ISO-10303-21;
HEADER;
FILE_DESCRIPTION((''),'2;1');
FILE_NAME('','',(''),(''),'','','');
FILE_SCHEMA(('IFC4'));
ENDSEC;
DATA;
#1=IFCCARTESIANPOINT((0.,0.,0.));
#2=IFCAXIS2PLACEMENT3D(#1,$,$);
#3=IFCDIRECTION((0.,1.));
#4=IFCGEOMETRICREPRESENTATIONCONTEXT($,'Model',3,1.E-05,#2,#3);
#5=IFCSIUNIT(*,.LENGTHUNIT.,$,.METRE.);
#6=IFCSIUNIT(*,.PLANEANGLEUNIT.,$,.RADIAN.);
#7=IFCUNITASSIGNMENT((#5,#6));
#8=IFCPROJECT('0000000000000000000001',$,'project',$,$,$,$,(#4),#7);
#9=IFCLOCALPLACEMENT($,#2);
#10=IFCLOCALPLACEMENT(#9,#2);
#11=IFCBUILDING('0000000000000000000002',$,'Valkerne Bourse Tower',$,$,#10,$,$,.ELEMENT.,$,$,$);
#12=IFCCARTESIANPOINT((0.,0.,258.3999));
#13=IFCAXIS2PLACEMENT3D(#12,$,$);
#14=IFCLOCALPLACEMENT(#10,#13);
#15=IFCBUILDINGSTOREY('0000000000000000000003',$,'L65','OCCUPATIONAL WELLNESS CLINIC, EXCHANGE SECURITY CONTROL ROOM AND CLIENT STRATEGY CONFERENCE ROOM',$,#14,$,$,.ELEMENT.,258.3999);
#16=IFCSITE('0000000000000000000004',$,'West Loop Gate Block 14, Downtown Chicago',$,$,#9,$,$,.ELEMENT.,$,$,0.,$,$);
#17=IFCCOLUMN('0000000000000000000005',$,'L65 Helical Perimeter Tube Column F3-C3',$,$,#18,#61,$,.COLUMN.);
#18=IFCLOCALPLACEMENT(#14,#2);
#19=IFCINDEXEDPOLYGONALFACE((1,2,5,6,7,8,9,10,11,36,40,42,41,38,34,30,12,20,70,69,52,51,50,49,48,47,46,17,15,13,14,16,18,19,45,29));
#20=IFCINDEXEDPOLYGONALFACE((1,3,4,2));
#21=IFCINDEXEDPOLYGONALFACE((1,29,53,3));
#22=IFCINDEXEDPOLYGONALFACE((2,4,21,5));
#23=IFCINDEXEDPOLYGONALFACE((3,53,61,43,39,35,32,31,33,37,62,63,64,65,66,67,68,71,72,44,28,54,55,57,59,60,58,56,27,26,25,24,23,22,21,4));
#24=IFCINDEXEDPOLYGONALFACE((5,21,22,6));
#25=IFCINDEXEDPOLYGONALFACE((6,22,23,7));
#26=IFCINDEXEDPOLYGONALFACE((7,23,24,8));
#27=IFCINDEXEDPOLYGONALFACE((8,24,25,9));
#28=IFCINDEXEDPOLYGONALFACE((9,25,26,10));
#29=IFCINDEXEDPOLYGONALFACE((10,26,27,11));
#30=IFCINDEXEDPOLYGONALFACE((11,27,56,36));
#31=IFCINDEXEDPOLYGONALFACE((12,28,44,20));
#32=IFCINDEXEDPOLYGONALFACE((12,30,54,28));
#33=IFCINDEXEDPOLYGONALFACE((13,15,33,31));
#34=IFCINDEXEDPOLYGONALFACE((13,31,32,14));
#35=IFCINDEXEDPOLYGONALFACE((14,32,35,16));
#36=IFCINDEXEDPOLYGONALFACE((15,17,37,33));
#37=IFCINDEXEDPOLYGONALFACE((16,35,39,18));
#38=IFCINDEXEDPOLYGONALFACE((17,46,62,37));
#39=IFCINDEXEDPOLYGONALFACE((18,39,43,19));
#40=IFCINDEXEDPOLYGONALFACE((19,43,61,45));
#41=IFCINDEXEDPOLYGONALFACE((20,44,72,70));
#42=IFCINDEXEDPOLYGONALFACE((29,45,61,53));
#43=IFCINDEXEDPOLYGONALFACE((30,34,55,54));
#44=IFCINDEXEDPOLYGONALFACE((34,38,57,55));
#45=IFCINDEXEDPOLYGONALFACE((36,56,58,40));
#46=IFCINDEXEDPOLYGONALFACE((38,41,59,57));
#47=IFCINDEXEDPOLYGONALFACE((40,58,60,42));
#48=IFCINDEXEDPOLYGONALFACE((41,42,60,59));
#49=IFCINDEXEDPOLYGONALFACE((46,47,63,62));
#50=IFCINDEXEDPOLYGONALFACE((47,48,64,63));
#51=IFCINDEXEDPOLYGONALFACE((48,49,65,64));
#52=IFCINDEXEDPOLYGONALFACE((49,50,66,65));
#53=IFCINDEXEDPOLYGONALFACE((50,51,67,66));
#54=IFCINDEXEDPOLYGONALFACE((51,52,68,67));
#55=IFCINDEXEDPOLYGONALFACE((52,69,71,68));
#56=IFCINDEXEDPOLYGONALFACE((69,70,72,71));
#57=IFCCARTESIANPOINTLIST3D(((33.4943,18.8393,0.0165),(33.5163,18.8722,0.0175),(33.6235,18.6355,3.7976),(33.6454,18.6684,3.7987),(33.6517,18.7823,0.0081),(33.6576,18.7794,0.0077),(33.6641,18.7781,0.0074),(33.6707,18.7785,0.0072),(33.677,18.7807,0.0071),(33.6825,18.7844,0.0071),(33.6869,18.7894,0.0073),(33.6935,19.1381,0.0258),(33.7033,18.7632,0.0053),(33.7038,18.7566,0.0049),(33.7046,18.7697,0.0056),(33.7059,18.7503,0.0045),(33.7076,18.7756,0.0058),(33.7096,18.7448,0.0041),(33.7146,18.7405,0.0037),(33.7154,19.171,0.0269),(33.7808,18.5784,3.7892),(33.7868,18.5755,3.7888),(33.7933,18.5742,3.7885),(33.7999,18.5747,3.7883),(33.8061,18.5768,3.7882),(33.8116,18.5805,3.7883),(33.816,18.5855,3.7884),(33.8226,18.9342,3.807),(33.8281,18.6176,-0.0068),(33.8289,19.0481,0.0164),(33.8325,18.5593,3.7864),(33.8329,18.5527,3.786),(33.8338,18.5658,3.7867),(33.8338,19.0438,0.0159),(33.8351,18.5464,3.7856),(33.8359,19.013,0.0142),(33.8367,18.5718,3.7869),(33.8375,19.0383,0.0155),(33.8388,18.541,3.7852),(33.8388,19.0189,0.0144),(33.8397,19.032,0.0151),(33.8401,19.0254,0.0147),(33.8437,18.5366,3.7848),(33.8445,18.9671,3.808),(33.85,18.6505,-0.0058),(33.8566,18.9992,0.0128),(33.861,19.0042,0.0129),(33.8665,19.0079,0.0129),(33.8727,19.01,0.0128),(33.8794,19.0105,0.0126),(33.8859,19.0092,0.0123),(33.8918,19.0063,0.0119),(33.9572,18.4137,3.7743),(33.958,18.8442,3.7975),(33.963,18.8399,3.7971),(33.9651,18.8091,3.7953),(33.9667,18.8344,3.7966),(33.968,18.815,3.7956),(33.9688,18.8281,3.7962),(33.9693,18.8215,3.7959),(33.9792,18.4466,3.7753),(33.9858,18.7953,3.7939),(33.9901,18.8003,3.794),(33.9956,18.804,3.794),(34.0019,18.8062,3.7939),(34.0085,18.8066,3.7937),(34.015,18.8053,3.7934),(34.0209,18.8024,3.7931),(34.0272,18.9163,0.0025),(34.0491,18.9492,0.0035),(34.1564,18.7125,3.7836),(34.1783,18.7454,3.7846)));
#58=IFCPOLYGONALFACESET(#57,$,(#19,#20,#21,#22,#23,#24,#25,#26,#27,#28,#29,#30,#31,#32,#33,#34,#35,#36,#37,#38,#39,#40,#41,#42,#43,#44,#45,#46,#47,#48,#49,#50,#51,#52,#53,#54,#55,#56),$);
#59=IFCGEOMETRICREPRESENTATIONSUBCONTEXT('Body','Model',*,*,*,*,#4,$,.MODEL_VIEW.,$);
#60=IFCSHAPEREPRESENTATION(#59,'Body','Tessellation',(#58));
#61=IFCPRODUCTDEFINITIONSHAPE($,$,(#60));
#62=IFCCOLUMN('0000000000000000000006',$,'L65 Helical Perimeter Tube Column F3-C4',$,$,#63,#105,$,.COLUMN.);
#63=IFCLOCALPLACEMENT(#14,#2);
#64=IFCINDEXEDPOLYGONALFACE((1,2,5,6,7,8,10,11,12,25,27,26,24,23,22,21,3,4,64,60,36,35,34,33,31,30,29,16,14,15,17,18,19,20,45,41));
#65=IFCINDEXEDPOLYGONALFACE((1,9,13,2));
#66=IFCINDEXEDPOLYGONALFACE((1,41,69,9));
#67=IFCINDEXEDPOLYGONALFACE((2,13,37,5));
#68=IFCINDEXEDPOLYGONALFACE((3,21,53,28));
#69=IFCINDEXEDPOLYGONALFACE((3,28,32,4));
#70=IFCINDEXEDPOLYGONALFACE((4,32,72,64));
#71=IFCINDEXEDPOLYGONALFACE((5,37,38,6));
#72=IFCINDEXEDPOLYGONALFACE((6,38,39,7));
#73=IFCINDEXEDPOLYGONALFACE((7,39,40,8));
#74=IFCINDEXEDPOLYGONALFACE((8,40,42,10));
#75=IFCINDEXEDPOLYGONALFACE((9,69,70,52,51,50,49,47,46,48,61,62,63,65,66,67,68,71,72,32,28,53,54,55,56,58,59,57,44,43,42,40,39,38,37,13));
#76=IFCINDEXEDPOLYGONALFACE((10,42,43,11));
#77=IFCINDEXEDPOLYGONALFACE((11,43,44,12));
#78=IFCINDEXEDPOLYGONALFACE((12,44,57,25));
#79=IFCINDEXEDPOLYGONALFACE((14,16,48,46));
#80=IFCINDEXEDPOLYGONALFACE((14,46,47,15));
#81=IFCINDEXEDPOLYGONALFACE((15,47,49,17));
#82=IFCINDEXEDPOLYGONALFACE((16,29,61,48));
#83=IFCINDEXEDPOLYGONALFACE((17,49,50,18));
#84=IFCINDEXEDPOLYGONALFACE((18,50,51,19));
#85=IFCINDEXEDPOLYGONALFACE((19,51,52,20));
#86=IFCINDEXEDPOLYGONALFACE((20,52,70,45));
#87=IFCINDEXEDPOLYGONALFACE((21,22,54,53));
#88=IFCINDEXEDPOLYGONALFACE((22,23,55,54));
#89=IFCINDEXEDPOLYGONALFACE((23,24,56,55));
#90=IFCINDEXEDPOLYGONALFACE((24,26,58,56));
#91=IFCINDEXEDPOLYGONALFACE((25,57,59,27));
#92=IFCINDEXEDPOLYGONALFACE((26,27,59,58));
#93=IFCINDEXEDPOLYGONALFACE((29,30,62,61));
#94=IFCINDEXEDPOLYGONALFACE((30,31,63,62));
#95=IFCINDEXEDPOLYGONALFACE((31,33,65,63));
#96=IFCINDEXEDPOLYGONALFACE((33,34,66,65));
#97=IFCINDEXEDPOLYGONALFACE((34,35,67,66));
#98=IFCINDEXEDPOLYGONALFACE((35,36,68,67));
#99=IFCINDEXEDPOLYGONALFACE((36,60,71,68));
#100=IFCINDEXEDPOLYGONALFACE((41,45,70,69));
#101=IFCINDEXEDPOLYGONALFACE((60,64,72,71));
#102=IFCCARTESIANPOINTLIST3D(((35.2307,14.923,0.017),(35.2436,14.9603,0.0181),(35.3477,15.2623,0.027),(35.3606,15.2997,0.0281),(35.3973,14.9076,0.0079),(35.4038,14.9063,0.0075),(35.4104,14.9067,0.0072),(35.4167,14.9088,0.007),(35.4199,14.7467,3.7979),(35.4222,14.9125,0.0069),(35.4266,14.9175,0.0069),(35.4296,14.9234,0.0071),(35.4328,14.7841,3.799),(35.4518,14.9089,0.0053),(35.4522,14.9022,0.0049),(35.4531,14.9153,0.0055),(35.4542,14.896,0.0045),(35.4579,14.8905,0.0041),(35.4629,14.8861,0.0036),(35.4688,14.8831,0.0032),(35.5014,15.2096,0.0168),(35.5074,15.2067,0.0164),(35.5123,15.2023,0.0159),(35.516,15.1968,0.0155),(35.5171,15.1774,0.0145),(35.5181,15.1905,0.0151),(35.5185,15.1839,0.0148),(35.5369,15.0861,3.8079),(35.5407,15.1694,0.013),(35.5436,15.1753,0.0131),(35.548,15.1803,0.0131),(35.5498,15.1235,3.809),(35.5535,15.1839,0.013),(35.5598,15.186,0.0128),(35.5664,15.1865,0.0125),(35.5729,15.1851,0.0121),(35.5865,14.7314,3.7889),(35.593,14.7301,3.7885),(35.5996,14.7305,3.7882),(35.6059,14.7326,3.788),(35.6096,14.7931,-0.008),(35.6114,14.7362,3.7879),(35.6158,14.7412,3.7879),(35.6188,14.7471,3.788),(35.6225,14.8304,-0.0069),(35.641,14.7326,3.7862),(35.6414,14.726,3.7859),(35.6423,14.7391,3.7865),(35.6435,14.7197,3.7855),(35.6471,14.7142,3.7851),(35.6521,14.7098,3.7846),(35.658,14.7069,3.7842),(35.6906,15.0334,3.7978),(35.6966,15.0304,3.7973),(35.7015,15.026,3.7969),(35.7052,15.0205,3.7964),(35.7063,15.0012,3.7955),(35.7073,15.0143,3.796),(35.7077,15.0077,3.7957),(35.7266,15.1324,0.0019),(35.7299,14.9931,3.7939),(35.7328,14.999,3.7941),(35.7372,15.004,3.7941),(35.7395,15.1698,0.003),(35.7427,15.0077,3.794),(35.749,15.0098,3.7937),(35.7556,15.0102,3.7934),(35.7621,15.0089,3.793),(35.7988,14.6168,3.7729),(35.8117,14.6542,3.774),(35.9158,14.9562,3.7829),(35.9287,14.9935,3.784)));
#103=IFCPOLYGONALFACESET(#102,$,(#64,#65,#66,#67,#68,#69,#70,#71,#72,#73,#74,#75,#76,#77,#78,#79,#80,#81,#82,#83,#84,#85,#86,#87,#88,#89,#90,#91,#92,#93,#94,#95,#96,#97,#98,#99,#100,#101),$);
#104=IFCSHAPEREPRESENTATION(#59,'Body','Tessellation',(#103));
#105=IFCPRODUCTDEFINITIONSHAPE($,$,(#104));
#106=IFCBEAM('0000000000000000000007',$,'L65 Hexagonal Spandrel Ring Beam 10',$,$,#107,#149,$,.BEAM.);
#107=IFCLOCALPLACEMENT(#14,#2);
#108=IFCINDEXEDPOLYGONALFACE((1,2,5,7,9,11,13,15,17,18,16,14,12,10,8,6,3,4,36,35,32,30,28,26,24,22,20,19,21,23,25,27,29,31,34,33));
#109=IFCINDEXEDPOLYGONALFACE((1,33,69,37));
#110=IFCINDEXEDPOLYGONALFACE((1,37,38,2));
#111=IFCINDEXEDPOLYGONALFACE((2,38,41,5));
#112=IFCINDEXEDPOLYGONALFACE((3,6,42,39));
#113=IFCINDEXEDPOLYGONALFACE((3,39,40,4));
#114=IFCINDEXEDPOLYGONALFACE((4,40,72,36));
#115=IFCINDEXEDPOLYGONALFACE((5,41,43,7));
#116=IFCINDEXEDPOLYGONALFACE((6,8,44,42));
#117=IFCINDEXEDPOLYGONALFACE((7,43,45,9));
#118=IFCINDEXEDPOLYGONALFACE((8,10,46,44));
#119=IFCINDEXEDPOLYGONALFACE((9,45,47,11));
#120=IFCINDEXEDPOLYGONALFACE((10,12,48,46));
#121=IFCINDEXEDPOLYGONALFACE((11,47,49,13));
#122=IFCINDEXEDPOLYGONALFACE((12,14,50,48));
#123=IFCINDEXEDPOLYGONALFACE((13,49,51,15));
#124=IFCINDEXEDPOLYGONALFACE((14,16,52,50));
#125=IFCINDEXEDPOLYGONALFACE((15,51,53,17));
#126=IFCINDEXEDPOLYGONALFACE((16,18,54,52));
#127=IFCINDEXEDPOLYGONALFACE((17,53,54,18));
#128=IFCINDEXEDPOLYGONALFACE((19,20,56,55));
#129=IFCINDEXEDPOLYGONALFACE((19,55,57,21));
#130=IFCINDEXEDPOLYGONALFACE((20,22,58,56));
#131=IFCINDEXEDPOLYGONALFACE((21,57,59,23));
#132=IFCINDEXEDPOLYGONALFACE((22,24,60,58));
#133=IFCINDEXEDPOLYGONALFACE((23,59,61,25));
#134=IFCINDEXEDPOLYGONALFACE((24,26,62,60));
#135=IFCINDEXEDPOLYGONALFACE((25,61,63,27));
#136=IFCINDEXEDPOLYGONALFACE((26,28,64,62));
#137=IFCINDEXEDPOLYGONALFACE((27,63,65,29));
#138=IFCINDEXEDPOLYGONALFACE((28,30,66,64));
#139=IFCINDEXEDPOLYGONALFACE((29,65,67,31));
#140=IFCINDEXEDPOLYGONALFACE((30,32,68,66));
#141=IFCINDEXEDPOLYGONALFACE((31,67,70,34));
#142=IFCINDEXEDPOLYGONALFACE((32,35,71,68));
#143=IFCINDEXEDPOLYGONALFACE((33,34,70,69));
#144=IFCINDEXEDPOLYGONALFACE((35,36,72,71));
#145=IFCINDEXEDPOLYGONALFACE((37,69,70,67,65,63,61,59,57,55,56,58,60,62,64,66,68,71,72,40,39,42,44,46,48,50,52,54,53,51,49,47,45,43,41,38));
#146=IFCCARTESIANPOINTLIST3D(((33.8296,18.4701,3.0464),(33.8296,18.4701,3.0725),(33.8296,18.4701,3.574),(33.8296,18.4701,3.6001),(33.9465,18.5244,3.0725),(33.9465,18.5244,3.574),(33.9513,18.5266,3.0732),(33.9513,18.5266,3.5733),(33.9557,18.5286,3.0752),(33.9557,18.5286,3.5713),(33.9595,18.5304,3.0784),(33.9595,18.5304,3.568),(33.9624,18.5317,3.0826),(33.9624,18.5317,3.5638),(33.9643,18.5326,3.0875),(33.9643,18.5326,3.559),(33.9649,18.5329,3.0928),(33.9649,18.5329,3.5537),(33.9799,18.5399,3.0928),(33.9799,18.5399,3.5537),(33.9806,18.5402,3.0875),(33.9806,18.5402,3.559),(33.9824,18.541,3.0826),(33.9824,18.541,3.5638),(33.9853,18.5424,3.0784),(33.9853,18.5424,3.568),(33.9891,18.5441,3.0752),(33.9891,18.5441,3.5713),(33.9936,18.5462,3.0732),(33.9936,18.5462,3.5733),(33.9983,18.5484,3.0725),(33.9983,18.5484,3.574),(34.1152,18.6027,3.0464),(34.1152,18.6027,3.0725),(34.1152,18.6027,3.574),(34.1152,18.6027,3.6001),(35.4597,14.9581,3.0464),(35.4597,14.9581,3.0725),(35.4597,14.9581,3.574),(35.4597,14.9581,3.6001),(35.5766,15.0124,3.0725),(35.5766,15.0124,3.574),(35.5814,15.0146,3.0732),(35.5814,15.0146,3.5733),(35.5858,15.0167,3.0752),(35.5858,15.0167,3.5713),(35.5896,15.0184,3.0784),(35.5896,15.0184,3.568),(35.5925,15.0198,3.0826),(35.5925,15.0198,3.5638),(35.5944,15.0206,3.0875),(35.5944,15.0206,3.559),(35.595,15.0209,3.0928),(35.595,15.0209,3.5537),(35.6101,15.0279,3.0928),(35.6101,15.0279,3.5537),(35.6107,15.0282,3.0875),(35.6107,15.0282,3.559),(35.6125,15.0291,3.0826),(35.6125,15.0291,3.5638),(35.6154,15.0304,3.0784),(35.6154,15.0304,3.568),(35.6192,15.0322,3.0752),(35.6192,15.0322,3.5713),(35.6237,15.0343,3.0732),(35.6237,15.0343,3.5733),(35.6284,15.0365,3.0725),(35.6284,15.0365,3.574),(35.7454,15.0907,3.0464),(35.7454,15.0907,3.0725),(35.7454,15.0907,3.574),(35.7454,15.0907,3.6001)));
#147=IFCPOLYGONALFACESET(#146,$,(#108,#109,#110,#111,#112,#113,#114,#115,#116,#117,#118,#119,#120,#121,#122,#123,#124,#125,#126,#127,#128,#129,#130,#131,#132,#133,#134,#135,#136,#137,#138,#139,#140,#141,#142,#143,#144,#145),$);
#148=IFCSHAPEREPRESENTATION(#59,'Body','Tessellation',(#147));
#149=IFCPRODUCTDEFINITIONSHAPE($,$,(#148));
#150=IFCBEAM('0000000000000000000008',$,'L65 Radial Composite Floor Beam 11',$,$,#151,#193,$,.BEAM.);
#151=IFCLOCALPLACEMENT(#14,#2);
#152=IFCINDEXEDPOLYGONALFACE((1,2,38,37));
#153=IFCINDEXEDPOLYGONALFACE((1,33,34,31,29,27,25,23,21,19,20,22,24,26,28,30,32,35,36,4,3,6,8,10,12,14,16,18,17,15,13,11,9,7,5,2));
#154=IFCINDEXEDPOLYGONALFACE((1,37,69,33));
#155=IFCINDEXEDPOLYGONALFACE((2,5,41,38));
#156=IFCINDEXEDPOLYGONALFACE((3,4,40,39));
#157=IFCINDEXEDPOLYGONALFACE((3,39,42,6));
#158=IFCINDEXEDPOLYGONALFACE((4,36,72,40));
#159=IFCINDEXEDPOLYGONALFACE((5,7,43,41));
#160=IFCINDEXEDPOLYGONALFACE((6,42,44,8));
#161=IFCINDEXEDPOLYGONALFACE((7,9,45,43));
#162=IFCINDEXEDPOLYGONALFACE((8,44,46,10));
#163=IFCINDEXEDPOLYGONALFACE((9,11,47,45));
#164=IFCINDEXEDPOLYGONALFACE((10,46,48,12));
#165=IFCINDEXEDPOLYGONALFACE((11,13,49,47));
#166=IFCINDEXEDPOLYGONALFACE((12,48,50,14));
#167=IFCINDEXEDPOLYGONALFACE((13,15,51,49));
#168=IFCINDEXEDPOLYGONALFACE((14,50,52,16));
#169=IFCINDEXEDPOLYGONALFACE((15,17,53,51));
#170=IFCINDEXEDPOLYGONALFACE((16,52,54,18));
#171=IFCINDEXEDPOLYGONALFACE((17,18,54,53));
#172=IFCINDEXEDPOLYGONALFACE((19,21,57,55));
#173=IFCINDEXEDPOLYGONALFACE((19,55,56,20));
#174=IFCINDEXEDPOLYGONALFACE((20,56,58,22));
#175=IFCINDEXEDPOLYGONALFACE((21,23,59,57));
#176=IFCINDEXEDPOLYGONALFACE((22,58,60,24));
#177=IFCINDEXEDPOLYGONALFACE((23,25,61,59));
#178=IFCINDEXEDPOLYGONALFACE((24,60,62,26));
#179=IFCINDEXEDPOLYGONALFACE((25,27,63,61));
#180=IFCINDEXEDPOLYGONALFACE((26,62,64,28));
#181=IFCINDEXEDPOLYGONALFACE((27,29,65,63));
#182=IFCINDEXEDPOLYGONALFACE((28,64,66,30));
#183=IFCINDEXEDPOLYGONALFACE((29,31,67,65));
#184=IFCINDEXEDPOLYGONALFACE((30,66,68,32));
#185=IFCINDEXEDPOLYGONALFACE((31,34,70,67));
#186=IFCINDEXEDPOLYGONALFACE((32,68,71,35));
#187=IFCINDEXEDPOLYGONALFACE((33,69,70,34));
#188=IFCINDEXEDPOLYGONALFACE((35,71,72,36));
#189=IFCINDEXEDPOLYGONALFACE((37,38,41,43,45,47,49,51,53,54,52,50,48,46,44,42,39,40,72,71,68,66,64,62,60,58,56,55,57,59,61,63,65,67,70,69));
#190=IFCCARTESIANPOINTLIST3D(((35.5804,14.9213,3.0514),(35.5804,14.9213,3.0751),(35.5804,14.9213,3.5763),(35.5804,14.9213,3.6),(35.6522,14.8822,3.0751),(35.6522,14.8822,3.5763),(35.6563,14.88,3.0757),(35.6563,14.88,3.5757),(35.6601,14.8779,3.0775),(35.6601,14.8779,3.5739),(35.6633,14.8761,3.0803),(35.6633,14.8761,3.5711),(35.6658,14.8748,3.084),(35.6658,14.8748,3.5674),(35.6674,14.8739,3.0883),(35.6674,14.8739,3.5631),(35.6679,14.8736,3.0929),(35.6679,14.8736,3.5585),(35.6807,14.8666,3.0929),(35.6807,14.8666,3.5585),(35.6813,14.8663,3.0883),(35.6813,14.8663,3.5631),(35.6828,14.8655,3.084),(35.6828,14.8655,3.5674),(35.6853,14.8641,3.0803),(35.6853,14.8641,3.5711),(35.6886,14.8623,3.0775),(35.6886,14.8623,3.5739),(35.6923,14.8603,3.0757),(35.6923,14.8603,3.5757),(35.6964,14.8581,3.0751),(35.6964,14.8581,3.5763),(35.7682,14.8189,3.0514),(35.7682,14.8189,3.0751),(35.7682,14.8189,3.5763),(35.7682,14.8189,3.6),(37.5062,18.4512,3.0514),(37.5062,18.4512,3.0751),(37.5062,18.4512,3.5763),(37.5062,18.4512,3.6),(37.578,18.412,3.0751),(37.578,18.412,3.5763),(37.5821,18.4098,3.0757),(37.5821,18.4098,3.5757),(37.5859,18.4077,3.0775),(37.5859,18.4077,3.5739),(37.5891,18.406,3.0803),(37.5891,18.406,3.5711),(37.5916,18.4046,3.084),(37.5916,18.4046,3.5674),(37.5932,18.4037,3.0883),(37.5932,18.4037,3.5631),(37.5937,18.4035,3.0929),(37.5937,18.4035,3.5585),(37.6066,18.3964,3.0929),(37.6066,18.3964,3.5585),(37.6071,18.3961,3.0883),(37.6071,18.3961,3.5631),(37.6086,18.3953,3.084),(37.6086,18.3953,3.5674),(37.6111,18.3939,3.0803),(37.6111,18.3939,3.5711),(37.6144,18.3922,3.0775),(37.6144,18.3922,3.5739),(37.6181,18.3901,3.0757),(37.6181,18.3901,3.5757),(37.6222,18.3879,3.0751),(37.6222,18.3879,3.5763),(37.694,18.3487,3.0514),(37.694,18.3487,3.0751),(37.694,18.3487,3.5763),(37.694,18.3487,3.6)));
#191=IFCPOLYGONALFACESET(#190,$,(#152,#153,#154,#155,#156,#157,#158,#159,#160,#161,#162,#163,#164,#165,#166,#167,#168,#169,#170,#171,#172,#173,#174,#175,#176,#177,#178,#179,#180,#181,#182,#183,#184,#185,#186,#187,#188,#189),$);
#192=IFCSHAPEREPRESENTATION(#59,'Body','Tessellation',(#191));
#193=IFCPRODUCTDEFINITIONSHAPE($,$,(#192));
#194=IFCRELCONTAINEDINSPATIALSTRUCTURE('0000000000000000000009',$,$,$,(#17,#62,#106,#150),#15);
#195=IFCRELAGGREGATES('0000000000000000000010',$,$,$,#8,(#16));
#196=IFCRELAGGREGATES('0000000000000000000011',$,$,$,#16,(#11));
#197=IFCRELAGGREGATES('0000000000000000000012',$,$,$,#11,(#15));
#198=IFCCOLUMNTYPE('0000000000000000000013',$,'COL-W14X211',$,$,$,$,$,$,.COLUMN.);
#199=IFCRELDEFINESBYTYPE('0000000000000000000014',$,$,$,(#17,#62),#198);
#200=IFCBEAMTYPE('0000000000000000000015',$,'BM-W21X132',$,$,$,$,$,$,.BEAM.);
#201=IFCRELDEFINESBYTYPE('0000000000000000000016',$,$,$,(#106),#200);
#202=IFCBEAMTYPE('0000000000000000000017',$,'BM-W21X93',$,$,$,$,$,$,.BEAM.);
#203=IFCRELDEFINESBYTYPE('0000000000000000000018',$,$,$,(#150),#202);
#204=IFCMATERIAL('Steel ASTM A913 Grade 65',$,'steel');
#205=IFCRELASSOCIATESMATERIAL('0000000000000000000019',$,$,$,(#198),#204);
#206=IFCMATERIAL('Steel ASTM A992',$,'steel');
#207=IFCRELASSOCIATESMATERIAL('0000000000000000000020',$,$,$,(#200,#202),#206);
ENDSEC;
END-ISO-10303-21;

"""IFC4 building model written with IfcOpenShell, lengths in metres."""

from ifc_helpers import new_model, si_unit, direction, frame, origin, origin_2d, place, context, subcontext, project, spatial, i_section, extrude, material, material_profile, profile_set, type_object, element, save


model = new_model("IFC4")

# Units and contexts
model_context = context("Model", 3, precision=1e-05, world=origin(), true_north=direction((0.0, 1.0)))
body_context = subcontext(model_context, "Body", "Model", "MODEL_VIEW")
ifc_project = project(units=[si_unit("LENGTHUNIT", "METRE"), si_unit("PLANEANGLEUNIT", "RADIAN")], contexts=[model_context])

# Site, building, storey
site_placement = place(None, origin())
site = spatial("IfcSite", under=ifc_project, at=site_placement, Name="West Loop Gate Block 14, Downtown Chicago", CompositionType="ELEMENT", RefElevation=0.0)
building_placement = place(site_placement, origin())
building = spatial("IfcBuilding", under=site, at=building_placement, Name="Valkerne Bourse Tower", CompositionType="ELEMENT")
storey_placement = place(building_placement, frame((0.0, 0.0, 258.3999)))
storey = spatial("IfcBuildingStorey", under=building, at=storey_placement, Name="L65", Description="OCCUPATIONAL WELLNESS CLINIC, EXCHANGE SECURITY CONTROL ROOM AND CLIENT STRATEGY CONFERENCE ROOM", CompositionType="ELEMENT", Elevation=258.3999)

# Columns
ifc_material_1 = material(Name="Steel ASTM A913 Grade 65", Category="steel")
ifc_material_profile_1 = material_profile(ifc_material_1, i_section(OverallWidth=0.4014, OverallDepth=0.3987, WebThickness=0.0249, FlangeThickness=0.0396, FilletRadius=0.0254, at=origin_2d()), Name="W14X211")
ifc_profile_set_1 = profile_set([ifc_material_profile_1], Name="Steel ASTM A913 Grade 65")
column_type = type_object("IfcColumnType", Name="COL-W14X211", PredefinedType="COLUMN", material=ifc_profile_set_1)
column_1_placement = place(storey_placement, frame((33.7717, 18.8943, 0.01), z_axis=(0.034088, -0.053807, 0.997969), x_axis=(0.831499, -0.55247, -0.058189)))
element("IfcColumn", 1, at=column_1_placement, inside=storey, type_object=column_type, Name="L65 Helical Perimeter Tube Column F3-C3", PredefinedType="COLUMN", context=body_context, shape_type="SweptSolid", body=[
    extrude(i_section(OverallWidth=0.4014, OverallDepth=0.3987, WebThickness=0.0249, FlangeThickness=0.0396, FilletRadius=0.0254, at=origin_2d()), origin(), (0.0, 0.0, 1.0), 3.7888),
])
column_2_placement = place(storey_placement, frame((35.4851, 15.0464, 0.01), z_axis=(0.049925, -0.046511, 0.997669), x_axis=(0.944118, -0.32366, -0.062334)))
element("IfcColumn", 2, at=column_2_placement, inside=storey, type_object=column_type, Name="L65 Helical Perimeter Tube Column F3-C4", PredefinedType="COLUMN", context=body_context, shape_type="SweptSolid", body=[
    extrude(i_section(OverallWidth=0.4014, OverallDepth=0.3987, WebThickness=0.0249, FlangeThickness=0.0396, FilletRadius=0.0254, at=origin_2d()), origin(), (0.0, 0.0, 1.0), 3.7898),
])

# Beams
ifc_material_2 = material(Name="Steel ASTM A992", Category="steel")
ifc_material_profile_2 = material_profile(ifc_material_2, i_section(OverallWidth=0.3149, OverallDepth=0.5537, WebThickness=0.0166, FlangeThickness=0.0261, FilletRadius=0.0203, at=origin_2d()), Name="W21X132")
ifc_profile_set_2 = profile_set([ifc_material_profile_2], Name="Steel ASTM A992")
beam_type_1 = type_object("IfcBeamType", Name="BM-W21X132", PredefinedType="BEAM", material=ifc_profile_set_2)
beam_1_placement = place(storey_placement, frame((33.9724, 18.5364, 3.3232), z_axis=(0.421021, -0.907051, 0.0), x_axis=(0.907051, 0.421021, 0.0)))
element("IfcBeam", 3, at=beam_1_placement, inside=storey, type_object=beam_type_1, Name="L65 Hexagonal Spandrel Ring Beam 10", PredefinedType="BEAM", context=body_context, shape_type="SweptSolid", body=[
    extrude(i_section(OverallWidth=0.3149, OverallDepth=0.5537, WebThickness=0.0166, FlangeThickness=0.0261, FilletRadius=0.0203, at=origin_2d()), origin(), (0.0, 0.0, 1.0), 3.8718),
])
ifc_material_profile_3 = material_profile(ifc_material_2, i_section(OverallWidth=0.2139, OverallDepth=0.5486, WebThickness=0.0146, FlangeThickness=0.0237, FilletRadius=0.0178, at=origin_2d()), Name="W21X93")
ifc_profile_set_3 = profile_set([ifc_material_profile_3], Name="Steel ASTM A992")
beam_type_2 = type_object("IfcBeamType", Name="BM-W21X93", PredefinedType="BEAM", material=ifc_profile_set_3)
beam_2_placement = place(storey_placement, frame((35.6743, 14.8701, 3.3257), z_axis=(0.478937, 0.877849, 0.0), x_axis=(-0.877849, 0.478937, 0.0)))
element("IfcBeam", 4, at=beam_2_placement, inside=storey, type_object=beam_type_2, Name="L65 Radial Composite Floor Beam 11", PredefinedType="BEAM", context=body_context, shape_type="SweptSolid", body=[
    extrude(i_section(OverallWidth=0.2139, OverallDepth=0.5486, WebThickness=0.0146, FlangeThickness=0.0237, FilletRadius=0.0178, at=origin_2d()), origin(), (0.0, 0.0, 1.0), 4.021),
])

save(model, "model.ifc")
